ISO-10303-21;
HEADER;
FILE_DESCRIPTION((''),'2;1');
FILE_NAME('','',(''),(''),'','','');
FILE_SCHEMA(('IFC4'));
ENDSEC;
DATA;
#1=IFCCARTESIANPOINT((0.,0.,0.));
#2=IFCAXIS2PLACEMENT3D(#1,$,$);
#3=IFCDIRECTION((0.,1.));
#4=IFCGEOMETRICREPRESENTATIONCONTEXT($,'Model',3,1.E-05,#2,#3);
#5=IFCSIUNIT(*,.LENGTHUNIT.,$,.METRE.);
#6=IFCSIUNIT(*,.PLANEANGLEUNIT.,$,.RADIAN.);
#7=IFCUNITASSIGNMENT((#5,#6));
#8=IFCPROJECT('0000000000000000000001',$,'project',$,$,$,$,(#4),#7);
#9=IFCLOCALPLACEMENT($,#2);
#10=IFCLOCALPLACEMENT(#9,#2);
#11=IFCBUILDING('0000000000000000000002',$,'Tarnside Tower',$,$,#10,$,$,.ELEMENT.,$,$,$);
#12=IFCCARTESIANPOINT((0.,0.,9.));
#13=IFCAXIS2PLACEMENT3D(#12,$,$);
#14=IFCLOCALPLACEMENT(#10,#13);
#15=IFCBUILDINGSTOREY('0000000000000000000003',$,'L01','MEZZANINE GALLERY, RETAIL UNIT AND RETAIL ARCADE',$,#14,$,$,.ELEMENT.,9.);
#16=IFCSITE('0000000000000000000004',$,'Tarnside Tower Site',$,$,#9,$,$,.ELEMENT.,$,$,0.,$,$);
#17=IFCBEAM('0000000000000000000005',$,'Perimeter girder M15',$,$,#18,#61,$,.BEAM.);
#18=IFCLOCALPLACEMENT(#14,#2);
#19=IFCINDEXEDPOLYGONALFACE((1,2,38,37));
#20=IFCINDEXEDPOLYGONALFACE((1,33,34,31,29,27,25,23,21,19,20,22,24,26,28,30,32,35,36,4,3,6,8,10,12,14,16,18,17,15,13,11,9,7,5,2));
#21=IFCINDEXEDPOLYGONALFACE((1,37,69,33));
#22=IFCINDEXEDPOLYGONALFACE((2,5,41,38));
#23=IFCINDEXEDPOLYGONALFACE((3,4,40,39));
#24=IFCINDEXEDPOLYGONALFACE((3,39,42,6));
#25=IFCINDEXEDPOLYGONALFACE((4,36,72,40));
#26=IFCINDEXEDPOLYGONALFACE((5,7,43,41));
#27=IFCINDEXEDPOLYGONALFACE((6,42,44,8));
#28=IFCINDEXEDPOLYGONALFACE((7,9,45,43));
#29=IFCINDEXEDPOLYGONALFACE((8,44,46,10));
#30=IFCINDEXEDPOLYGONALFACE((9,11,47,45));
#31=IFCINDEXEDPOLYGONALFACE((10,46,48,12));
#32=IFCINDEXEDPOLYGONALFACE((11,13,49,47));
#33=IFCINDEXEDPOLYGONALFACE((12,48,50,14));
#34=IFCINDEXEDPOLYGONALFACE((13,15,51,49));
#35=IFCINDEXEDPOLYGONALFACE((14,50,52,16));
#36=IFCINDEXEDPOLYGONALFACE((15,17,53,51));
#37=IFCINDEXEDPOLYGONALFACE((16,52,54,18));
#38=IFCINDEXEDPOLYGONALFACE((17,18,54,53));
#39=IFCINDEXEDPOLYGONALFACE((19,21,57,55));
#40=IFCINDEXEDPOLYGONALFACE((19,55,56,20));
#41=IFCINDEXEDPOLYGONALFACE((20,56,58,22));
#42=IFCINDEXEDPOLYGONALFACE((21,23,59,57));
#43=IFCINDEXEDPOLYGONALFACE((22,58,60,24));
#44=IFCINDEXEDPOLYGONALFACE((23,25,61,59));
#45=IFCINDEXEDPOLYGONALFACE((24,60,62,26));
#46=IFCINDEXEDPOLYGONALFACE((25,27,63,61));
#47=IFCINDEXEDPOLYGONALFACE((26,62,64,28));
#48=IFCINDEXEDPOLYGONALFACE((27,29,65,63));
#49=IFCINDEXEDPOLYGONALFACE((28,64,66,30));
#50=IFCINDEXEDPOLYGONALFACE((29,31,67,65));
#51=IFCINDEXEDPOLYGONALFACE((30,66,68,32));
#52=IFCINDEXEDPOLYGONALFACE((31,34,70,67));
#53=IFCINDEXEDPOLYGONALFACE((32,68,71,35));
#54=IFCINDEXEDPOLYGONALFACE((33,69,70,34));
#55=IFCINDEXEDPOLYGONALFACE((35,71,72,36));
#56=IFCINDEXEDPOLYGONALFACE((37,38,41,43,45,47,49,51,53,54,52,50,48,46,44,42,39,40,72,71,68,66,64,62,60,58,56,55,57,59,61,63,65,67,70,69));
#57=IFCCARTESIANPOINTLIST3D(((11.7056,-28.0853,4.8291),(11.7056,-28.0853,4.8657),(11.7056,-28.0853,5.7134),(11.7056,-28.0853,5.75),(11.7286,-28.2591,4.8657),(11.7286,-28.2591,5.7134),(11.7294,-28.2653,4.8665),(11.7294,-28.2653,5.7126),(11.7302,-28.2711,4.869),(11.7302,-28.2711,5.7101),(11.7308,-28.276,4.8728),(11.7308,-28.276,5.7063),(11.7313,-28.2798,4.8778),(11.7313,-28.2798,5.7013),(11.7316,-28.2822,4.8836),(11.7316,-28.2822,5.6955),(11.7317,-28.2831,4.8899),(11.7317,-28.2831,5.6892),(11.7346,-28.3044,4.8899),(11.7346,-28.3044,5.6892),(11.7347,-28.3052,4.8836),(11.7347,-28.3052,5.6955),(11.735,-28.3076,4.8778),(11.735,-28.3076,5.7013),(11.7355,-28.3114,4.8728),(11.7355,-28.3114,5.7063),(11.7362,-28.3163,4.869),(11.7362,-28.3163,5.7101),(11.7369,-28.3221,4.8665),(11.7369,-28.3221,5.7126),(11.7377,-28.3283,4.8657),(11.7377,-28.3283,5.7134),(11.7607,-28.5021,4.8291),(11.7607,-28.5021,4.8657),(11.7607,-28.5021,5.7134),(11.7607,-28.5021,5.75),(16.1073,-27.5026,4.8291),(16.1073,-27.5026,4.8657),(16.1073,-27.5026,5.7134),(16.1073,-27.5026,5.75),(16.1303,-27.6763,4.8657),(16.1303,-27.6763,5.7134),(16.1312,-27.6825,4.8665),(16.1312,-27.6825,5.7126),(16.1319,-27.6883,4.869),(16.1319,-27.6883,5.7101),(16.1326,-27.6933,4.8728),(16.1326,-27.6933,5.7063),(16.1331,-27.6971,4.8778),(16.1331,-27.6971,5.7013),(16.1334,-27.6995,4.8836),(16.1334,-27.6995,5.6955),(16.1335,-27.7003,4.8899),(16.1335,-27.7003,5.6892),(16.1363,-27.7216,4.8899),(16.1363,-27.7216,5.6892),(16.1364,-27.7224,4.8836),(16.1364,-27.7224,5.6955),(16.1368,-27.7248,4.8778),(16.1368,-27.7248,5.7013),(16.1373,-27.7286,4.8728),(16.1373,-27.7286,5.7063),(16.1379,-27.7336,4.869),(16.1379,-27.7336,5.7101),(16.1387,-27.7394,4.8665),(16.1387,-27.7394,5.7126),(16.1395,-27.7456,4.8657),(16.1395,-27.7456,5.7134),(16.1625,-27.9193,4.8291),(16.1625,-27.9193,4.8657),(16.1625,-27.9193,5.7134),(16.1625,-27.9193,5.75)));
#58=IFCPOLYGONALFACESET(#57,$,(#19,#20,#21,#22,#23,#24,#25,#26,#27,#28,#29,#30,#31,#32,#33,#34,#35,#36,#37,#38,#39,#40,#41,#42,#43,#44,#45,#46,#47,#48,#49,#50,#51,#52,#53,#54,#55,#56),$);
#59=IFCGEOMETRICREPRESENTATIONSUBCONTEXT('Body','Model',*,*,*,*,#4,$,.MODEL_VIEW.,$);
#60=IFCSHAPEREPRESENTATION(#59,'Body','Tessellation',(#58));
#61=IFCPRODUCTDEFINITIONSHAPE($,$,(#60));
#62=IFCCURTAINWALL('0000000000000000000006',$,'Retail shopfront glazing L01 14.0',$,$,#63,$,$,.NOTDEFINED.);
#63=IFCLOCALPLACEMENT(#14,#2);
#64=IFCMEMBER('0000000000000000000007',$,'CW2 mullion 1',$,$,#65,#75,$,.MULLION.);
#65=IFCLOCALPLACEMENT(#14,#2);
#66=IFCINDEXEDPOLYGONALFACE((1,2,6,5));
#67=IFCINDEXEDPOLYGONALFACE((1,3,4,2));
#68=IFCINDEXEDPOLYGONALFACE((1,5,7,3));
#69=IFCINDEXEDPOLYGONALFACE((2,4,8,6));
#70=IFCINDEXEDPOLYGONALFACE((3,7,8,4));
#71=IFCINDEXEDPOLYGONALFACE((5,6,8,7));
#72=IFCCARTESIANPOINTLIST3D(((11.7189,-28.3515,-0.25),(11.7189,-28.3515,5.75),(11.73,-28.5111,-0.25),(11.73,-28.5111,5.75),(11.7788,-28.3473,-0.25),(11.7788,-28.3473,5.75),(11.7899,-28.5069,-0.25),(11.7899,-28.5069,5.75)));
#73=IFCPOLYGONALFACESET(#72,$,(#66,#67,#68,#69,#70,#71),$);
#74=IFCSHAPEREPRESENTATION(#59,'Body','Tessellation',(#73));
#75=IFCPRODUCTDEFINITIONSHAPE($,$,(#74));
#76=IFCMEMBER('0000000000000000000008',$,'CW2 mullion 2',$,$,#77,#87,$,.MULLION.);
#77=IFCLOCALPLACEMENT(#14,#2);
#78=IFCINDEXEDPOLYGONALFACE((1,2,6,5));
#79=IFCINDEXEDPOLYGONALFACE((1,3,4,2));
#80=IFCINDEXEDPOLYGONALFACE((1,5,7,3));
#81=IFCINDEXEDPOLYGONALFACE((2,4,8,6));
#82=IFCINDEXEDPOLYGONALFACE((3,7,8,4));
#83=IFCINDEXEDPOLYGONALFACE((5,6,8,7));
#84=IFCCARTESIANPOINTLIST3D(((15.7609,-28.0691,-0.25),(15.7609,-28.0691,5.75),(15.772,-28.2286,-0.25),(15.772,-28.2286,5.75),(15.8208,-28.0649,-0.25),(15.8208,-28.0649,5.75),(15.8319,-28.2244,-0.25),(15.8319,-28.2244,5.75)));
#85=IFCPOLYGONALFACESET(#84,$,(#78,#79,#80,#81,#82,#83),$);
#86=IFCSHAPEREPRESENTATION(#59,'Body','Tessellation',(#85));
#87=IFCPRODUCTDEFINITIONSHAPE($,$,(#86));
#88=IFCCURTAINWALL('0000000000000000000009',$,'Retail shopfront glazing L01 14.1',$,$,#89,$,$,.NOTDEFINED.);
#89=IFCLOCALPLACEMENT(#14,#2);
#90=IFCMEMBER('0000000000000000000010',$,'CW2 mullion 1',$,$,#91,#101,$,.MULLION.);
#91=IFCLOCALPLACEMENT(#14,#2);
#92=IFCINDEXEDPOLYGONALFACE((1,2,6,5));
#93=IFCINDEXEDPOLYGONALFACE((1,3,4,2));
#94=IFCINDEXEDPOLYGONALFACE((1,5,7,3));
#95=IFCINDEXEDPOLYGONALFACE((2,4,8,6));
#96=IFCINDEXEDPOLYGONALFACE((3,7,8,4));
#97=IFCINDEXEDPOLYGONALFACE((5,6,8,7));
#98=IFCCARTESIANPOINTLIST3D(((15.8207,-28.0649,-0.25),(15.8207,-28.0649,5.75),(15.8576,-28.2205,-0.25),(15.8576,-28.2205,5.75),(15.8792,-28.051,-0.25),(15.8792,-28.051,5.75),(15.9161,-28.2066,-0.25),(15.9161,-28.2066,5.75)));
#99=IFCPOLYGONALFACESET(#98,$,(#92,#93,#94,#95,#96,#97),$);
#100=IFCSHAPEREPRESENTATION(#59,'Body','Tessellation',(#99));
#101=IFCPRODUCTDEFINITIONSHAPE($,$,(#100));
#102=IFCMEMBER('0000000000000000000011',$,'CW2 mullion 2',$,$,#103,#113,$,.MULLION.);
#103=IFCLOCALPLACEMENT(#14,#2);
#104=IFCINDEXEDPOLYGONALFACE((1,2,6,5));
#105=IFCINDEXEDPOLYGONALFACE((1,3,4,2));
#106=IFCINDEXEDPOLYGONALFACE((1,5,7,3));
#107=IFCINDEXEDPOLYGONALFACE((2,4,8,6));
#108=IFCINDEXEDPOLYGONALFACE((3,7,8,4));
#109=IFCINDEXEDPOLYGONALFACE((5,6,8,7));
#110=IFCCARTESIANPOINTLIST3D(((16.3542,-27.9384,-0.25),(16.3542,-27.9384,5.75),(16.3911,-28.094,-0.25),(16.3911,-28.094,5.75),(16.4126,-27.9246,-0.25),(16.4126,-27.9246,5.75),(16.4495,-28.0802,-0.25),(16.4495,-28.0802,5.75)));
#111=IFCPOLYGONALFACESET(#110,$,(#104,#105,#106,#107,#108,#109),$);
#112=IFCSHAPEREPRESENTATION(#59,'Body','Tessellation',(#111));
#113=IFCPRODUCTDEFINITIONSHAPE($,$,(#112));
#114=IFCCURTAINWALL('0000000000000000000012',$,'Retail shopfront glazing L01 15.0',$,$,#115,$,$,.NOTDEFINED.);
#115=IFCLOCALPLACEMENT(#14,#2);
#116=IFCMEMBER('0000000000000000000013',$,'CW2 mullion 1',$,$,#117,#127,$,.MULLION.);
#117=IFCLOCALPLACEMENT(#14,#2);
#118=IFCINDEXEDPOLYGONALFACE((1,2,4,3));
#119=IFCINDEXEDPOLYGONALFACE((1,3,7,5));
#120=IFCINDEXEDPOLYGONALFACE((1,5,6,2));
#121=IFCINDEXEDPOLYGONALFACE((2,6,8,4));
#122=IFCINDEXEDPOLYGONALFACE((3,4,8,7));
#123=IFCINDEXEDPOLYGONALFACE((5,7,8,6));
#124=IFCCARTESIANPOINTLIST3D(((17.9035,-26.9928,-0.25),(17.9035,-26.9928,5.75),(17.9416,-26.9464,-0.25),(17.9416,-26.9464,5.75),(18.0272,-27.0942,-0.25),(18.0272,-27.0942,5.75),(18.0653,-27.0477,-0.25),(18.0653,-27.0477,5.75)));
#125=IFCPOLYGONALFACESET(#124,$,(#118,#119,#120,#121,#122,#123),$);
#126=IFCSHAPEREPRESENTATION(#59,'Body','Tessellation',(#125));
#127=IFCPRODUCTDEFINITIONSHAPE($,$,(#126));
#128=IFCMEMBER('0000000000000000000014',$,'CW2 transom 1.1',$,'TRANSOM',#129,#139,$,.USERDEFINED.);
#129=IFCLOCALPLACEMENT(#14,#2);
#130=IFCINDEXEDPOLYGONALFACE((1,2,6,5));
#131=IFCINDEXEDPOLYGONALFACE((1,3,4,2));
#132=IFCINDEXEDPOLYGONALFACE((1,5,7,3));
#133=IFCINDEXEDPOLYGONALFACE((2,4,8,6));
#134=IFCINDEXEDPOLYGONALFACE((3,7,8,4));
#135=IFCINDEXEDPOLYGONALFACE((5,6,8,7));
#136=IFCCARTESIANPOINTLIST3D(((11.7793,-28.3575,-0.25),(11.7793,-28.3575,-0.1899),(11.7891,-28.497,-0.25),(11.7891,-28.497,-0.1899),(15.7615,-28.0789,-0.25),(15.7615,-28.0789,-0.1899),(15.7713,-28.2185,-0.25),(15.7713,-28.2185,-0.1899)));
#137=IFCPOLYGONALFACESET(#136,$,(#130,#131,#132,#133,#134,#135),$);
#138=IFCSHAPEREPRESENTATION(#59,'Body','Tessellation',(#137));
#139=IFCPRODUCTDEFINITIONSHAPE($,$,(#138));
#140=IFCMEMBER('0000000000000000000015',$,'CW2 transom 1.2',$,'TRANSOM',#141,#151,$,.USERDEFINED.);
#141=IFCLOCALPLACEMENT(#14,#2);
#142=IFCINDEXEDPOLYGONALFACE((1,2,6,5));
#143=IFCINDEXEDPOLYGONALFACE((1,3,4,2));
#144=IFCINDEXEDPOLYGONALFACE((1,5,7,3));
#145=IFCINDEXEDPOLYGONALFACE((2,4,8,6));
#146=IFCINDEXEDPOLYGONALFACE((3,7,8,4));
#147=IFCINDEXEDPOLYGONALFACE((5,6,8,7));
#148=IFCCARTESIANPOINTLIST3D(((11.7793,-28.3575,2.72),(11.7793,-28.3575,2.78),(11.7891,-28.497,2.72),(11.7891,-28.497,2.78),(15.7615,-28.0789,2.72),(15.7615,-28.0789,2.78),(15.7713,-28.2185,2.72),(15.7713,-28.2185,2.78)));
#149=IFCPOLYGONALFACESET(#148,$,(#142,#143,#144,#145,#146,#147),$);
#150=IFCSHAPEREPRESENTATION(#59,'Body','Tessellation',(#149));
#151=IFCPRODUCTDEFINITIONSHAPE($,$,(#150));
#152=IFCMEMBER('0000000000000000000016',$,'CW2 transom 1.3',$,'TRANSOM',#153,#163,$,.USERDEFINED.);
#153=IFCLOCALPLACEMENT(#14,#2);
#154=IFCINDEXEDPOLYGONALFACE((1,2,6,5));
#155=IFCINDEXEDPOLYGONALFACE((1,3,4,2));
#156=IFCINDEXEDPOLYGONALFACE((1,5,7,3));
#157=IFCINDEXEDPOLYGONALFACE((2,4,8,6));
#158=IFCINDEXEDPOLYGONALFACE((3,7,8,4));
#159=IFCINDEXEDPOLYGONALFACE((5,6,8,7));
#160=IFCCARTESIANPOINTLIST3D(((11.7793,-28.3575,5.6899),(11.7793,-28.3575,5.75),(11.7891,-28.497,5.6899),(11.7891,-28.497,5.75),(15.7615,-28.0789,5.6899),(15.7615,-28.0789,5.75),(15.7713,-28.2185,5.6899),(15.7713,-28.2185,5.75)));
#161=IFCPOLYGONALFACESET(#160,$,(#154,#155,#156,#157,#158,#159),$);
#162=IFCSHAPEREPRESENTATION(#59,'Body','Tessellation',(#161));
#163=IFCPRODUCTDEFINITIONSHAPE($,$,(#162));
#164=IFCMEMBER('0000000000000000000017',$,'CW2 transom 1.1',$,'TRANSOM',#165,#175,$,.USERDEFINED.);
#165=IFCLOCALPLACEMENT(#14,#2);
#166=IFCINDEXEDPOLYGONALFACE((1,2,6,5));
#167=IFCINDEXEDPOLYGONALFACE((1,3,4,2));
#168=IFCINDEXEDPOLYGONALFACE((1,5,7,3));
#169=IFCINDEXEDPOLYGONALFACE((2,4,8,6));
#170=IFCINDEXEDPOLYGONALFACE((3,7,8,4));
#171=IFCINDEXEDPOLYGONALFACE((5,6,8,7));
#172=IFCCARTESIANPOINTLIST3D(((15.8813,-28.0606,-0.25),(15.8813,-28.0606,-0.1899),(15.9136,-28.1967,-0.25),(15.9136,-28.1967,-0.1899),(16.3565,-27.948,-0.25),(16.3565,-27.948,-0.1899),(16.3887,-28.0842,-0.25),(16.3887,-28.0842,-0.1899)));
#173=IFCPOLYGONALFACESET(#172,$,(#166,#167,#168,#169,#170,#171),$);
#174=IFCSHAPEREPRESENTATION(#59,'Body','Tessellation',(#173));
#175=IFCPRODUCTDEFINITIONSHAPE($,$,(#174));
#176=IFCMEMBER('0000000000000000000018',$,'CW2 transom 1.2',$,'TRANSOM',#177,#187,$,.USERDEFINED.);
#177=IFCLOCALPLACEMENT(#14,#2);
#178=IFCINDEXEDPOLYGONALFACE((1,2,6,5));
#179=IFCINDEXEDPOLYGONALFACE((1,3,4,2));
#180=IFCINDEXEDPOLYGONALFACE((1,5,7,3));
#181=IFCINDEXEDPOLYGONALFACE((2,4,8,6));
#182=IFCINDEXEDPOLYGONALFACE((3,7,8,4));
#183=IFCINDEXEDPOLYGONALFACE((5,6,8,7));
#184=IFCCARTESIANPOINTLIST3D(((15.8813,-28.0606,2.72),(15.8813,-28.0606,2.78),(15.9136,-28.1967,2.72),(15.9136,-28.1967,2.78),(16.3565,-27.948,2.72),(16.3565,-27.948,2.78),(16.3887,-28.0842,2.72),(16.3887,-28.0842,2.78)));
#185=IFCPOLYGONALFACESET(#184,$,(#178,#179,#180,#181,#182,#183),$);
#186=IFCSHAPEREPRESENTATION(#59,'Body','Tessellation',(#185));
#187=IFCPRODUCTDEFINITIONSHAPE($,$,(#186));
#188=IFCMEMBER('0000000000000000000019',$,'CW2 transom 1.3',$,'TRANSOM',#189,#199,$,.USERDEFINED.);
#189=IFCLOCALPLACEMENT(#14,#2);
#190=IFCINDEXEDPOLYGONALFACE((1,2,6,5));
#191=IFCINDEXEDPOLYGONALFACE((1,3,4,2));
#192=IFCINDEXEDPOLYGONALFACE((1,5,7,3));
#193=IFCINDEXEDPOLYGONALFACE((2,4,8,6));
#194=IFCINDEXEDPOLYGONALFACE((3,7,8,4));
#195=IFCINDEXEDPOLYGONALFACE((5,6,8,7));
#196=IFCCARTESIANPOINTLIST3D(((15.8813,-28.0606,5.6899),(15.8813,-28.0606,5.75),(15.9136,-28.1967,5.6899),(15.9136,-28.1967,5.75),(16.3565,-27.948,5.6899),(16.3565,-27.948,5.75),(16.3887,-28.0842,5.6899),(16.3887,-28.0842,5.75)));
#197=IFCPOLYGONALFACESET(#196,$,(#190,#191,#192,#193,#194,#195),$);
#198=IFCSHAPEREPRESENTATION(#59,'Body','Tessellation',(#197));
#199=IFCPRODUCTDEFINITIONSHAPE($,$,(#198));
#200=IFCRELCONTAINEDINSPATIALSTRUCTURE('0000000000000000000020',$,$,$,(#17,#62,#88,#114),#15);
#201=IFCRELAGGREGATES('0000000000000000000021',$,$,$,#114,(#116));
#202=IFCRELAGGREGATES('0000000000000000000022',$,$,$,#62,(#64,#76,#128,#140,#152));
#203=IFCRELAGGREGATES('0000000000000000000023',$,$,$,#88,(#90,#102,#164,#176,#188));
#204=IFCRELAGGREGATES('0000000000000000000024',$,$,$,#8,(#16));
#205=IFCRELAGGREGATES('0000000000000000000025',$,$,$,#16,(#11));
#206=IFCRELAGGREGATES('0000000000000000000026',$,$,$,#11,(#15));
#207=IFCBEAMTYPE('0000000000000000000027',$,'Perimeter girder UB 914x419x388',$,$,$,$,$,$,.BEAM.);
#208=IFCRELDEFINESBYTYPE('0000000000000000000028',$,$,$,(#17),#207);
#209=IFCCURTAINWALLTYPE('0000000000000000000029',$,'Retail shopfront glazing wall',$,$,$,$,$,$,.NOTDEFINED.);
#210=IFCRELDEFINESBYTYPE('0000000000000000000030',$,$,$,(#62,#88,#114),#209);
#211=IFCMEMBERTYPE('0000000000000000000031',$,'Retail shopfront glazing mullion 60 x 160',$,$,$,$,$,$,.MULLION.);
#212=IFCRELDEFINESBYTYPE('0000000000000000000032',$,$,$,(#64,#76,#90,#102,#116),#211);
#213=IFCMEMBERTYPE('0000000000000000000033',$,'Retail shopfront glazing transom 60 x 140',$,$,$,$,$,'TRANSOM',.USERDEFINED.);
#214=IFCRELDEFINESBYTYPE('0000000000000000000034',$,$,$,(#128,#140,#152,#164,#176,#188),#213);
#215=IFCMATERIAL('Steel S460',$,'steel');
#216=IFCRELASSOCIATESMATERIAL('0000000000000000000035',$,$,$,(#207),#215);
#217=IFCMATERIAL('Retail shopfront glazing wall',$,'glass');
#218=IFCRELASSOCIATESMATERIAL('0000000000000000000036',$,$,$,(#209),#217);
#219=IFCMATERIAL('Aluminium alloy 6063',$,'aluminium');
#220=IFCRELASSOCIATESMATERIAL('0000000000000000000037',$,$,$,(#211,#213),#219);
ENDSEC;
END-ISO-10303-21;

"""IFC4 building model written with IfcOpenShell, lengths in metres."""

from ifc_helpers import new_model, si_unit, direction, frame, origin, origin_2d, place, context, subcontext, project, spatial, rectangle, i_section, extrude, material, material_profile, profile_set, type_object, element, aggregate, save


model = new_model("IFC4")

# Units and contexts
model_context = context("Model", 3, precision=1e-05, world=origin(), true_north=direction((0.0, 1.0)))
body_context = subcontext(model_context, "Body", "Model", "MODEL_VIEW")
ifc_project = project(units=[si_unit("LENGTHUNIT", "METRE"), si_unit("PLANEANGLEUNIT", "RADIAN")], contexts=[model_context])

# Site, building, storey
site_placement = place(None, origin())
site = spatial("IfcSite", under=ifc_project, at=site_placement, Name="Tarnside Tower Site", CompositionType="ELEMENT", RefElevation=0.0)
building_placement = place(site_placement, origin())
building = spatial("IfcBuilding", under=site, at=building_placement, Name="Tarnside Tower", CompositionType="ELEMENT")
storey_placement = place(building_placement, frame((0.0, 0.0, 9.0)))
storey = spatial("IfcBuildingStorey", under=building, at=storey_placement, Name="L01", Description="MEZZANINE GALLERY, RETAIL UNIT AND RETAIL ARCADE", CompositionType="ELEMENT", Elevation=9.0)

# Beam
ifc_material_1 = material(Name="Steel S460", Category="steel")
ifc_material_profile_1 = material_profile(ifc_material_1, i_section(OverallWidth=0.4204, OverallDepth=0.9209, WebThickness=0.0215, FlangeThickness=0.0366, FilletRadius=0.0242, at=origin_2d()), Name="UB 914x419x388")
ifc_profile_set_1 = profile_set([ifc_material_profile_1], Name="Steel S460")
beam_type_1 = type_object("IfcBeamType", Name="Perimeter girder UB 914x419x388", PredefinedType="BEAM", material=ifc_profile_set_1)
beam_1_placement = place(storey_placement, frame((11.7332, -28.2937, 5.2896), z_axis=(0.99135, 0.131245, 0.0), x_axis=(-0.131245, 0.99135, 0.0)))
element("IfcBeam", 1, at=beam_1_placement, inside=storey, type_object=beam_type_1, Name="Perimeter girder M15", PredefinedType="BEAM", context=body_context, shape_type="SweptSolid", body=[
    extrude(i_section(OverallWidth=0.4204, OverallDepth=0.9209, WebThickness=0.0215, FlangeThickness=0.0366, FilletRadius=0.0242, at=origin_2d()), origin(), (0.0, 0.0, 1.0), 4.4402),
])

# Curtain walls, members
ifc_material_2 = material(Name="Retail shopfront glazing wall", Category="glass")
curtain_wall_type = type_object("IfcCurtainWallType", Name="Retail shopfront glazing wall", PredefinedType="NOTDEFINED", material=ifc_material_2)
curtain_wall_1_placement = place(storey_placement, origin())
curtain_wall_1 = element("IfcCurtainWall", 2, at=curtain_wall_1_placement, inside=storey, type_object=curtain_wall_type, Name="Retail shopfront glazing L01 14.0", PredefinedType="NOTDEFINED")
ifc_material_3 = material(Name="Aluminium alloy 6063", Category="aluminium")
ifc_material_profile_2 = material_profile(ifc_material_3, rectangle(XDim=0.1599, YDim=0.0601, at=origin_2d()), Name="Retail shopfront glazing mullion 60 x 160")
ifc_profile_set_2 = profile_set([ifc_material_profile_2], Name="Aluminium alloy 6063")
member_type_1 = type_object("IfcMemberType", Name="Retail shopfront glazing mullion 60 x 160", PredefinedType="MULLION", material=ifc_profile_set_2)
member_1_placement = place(storey_placement, frame((11.7544, -28.4292, -0.25), z_axis=(0.0, 0.0, 1.0), x_axis=(-0.069756, 0.997564, 0.0)))
member_1 = element("IfcMember", 3, at=member_1_placement, type_object=member_type_1, Name="CW2 mullion 1", PredefinedType="MULLION", context=body_context, shape_type="SweptSolid", body=[
    extrude(rectangle(XDim=0.1599, YDim=0.0601, at=origin_2d()), origin(), (0.0, 0.0, 1.0), 6.0),
])
member_2_placement = place(storey_placement, frame((15.7964, -28.1467, -0.25), z_axis=(0.0, 0.0, 1.0), x_axis=(-0.069756, 0.997564, 0.0)))
member_2 = element("IfcMember", 4, at=member_2_placement, type_object=member_type_1, Name="CW2 mullion 2", PredefinedType="MULLION", context=body_context, shape_type="SweptSolid", body=[
    extrude(rectangle(XDim=0.1599, YDim=0.0601, at=origin_2d()), origin(), (0.0, 0.0, 1.0), 6.0),
])
curtain_wall_2_placement = place(storey_placement, origin())
curtain_wall_2 = element("IfcCurtainWall", 5, at=curtain_wall_2_placement, inside=storey, type_object=curtain_wall_type, Name="Retail shopfront glazing L01 14.1", PredefinedType="NOTDEFINED")
member_3_placement = place(storey_placement, frame((15.8684, -28.1357, -0.25), z_axis=(0.0, 0.0, 1.0), x_axis=(-0.230616, 0.973045, 0.0)))
member_3 = element("IfcMember", 6, at=member_3_placement, type_object=member_type_1, Name="CW2 mullion 1", PredefinedType="MULLION", context=body_context, shape_type="SweptSolid", body=[
    extrude(rectangle(XDim=0.1599, YDim=0.0601, at=origin_2d()), origin(), (0.0, 0.0, 1.0), 6.0),
])
member_4_placement = place(storey_placement, frame((16.4019, -28.0093, -0.25), z_axis=(0.0, 0.0, 1.0), x_axis=(-0.230616, 0.973045, 0.0)))
member_4 = element("IfcMember", 7, at=member_4_placement, type_object=member_type_1, Name="CW2 mullion 2", PredefinedType="MULLION", context=body_context, shape_type="SweptSolid", body=[
    extrude(rectangle(XDim=0.1599, YDim=0.0601, at=origin_2d()), origin(), (0.0, 0.0, 1.0), 6.0),
])

# Curtain wall, member
curtain_wall_3_placement = place(storey_placement, origin())
curtain_wall_3 = element("IfcCurtainWall", 8, at=curtain_wall_3_placement, inside=storey, type_object=curtain_wall_type, Name="Retail shopfront glazing L01 15.0", PredefinedType="NOTDEFINED")
member_5_placement = place(storey_placement, frame((17.9844, -27.0203, -0.25), z_axis=(0.0, 0.0, 1.0), x_axis=(-0.773472, 0.633831, 0.0)))
member_5 = element("IfcMember", 9, at=member_5_placement, type_object=member_type_1, Name="CW2 mullion 1", PredefinedType="MULLION", context=body_context, shape_type="SweptSolid", body=[
    extrude(rectangle(XDim=0.1599, YDim=0.0601, at=origin_2d()), origin(), (0.0, 0.0, 1.0), 6.0),
])

# Members
ifc_material_profile_3 = material_profile(ifc_material_3, rectangle(XDim=0.1399, YDim=0.0601, at=origin_2d()), Name="Retail shopfront glazing transom 60 x 140")
ifc_profile_set_3 = profile_set([ifc_material_profile_3], Name="Aluminium alloy 6063")
member_type_2 = type_object("IfcMemberType", Name="Retail shopfront glazing transom 60 x 140", ElementType="TRANSOM", PredefinedType="USERDEFINED", material=ifc_profile_set_3)
member_6_placement = place(storey_placement, frame((11.7842, -28.4272, -0.22), z_axis=(0.997562, 0.069782, 0.0), x_axis=(-0.069782, 0.997562, 0.0)))
member_6 = element("IfcMember", 10, at=member_6_placement, type_object=member_type_2, Name="CW2 transom 1.1", ObjectType="TRANSOM", PredefinedType="USERDEFINED", context=body_context, shape_type="SweptSolid", body=[
    extrude(rectangle(XDim=0.1399, YDim=0.0601, at=origin_2d()), origin(), (0.0, 0.0, 1.0), 3.9919),
])
member_7_placement = place(storey_placement, frame((11.7842, -28.4272, 2.75), z_axis=(0.997562, 0.069782, 0.0), x_axis=(-0.069782, 0.997562, 0.0)))
member_7 = element("IfcMember", 11, at=member_7_placement, type_object=member_type_2, Name="CW2 transom 1.2", ObjectType="TRANSOM", PredefinedType="USERDEFINED", context=body_context, shape_type="SweptSolid", body=[
    extrude(rectangle(XDim=0.1399, YDim=0.0601, at=origin_2d()), origin(), (0.0, 0.0, 1.0), 3.9919),
])
member_8_placement = place(storey_placement, frame((11.7842, -28.4272, 5.72), z_axis=(0.997562, 0.069782, 0.0), x_axis=(-0.069782, 0.997562, 0.0)))
member_8 = element("IfcMember", 12, at=member_8_placement, type_object=member_type_2, Name="CW2 transom 1.3", ObjectType="TRANSOM", PredefinedType="USERDEFINED", context=body_context, shape_type="SweptSolid", body=[
    extrude(rectangle(XDim=0.1399, YDim=0.0601, at=origin_2d()), origin(), (0.0, 0.0, 1.0), 3.9919),
])
member_9_placement = place(storey_placement, frame((15.8975, -28.1287, -0.22), z_axis=(0.973068, 0.230516, 0.0), x_axis=(-0.230516, 0.973068, 0.0)))
member_9 = element("IfcMember", 13, at=member_9_placement, type_object=member_type_2, Name="CW2 transom 1.1", ObjectType="TRANSOM", PredefinedType="USERDEFINED", context=body_context, shape_type="SweptSolid", body=[
    extrude(rectangle(XDim=0.1399, YDim=0.0601, at=origin_2d()), origin(), (0.0, 0.0, 1.0), 0.4883),
])
member_10_placement = place(storey_placement, frame((15.8975, -28.1287, 2.75), z_axis=(0.973068, 0.230516, 0.0), x_axis=(-0.230516, 0.973068, 0.0)))
member_10 = element("IfcMember", 14, at=member_10_placement, type_object=member_type_2, Name="CW2 transom 1.2", ObjectType="TRANSOM", PredefinedType="USERDEFINED", context=body_context, shape_type="SweptSolid", body=[
    extrude(rectangle(XDim=0.1399, YDim=0.0601, at=origin_2d()), origin(), (0.0, 0.0, 1.0), 0.4883),
])
member_11_placement = place(storey_placement, frame((15.8975, -28.1287, 5.72), z_axis=(0.973068, 0.230516, 0.0), x_axis=(-0.230516, 0.973068, 0.0)))
member_11 = element("IfcMember", 15, at=member_11_placement, type_object=member_type_2, Name="CW2 transom 1.3", ObjectType="TRANSOM", PredefinedType="USERDEFINED", context=body_context, shape_type="SweptSolid", body=[
    extrude(rectangle(XDim=0.1399, YDim=0.0601, at=origin_2d()), origin(), (0.0, 0.0, 1.0), 0.4883),
])
aggregate(curtain_wall_3, [member_5])

aggregate(curtain_wall_1, [member_1, member_2, member_6, member_7, member_8])
aggregate(curtain_wall_2, [member_3, member_4, member_9, member_10, member_11])

save(model, "model.ifc")
